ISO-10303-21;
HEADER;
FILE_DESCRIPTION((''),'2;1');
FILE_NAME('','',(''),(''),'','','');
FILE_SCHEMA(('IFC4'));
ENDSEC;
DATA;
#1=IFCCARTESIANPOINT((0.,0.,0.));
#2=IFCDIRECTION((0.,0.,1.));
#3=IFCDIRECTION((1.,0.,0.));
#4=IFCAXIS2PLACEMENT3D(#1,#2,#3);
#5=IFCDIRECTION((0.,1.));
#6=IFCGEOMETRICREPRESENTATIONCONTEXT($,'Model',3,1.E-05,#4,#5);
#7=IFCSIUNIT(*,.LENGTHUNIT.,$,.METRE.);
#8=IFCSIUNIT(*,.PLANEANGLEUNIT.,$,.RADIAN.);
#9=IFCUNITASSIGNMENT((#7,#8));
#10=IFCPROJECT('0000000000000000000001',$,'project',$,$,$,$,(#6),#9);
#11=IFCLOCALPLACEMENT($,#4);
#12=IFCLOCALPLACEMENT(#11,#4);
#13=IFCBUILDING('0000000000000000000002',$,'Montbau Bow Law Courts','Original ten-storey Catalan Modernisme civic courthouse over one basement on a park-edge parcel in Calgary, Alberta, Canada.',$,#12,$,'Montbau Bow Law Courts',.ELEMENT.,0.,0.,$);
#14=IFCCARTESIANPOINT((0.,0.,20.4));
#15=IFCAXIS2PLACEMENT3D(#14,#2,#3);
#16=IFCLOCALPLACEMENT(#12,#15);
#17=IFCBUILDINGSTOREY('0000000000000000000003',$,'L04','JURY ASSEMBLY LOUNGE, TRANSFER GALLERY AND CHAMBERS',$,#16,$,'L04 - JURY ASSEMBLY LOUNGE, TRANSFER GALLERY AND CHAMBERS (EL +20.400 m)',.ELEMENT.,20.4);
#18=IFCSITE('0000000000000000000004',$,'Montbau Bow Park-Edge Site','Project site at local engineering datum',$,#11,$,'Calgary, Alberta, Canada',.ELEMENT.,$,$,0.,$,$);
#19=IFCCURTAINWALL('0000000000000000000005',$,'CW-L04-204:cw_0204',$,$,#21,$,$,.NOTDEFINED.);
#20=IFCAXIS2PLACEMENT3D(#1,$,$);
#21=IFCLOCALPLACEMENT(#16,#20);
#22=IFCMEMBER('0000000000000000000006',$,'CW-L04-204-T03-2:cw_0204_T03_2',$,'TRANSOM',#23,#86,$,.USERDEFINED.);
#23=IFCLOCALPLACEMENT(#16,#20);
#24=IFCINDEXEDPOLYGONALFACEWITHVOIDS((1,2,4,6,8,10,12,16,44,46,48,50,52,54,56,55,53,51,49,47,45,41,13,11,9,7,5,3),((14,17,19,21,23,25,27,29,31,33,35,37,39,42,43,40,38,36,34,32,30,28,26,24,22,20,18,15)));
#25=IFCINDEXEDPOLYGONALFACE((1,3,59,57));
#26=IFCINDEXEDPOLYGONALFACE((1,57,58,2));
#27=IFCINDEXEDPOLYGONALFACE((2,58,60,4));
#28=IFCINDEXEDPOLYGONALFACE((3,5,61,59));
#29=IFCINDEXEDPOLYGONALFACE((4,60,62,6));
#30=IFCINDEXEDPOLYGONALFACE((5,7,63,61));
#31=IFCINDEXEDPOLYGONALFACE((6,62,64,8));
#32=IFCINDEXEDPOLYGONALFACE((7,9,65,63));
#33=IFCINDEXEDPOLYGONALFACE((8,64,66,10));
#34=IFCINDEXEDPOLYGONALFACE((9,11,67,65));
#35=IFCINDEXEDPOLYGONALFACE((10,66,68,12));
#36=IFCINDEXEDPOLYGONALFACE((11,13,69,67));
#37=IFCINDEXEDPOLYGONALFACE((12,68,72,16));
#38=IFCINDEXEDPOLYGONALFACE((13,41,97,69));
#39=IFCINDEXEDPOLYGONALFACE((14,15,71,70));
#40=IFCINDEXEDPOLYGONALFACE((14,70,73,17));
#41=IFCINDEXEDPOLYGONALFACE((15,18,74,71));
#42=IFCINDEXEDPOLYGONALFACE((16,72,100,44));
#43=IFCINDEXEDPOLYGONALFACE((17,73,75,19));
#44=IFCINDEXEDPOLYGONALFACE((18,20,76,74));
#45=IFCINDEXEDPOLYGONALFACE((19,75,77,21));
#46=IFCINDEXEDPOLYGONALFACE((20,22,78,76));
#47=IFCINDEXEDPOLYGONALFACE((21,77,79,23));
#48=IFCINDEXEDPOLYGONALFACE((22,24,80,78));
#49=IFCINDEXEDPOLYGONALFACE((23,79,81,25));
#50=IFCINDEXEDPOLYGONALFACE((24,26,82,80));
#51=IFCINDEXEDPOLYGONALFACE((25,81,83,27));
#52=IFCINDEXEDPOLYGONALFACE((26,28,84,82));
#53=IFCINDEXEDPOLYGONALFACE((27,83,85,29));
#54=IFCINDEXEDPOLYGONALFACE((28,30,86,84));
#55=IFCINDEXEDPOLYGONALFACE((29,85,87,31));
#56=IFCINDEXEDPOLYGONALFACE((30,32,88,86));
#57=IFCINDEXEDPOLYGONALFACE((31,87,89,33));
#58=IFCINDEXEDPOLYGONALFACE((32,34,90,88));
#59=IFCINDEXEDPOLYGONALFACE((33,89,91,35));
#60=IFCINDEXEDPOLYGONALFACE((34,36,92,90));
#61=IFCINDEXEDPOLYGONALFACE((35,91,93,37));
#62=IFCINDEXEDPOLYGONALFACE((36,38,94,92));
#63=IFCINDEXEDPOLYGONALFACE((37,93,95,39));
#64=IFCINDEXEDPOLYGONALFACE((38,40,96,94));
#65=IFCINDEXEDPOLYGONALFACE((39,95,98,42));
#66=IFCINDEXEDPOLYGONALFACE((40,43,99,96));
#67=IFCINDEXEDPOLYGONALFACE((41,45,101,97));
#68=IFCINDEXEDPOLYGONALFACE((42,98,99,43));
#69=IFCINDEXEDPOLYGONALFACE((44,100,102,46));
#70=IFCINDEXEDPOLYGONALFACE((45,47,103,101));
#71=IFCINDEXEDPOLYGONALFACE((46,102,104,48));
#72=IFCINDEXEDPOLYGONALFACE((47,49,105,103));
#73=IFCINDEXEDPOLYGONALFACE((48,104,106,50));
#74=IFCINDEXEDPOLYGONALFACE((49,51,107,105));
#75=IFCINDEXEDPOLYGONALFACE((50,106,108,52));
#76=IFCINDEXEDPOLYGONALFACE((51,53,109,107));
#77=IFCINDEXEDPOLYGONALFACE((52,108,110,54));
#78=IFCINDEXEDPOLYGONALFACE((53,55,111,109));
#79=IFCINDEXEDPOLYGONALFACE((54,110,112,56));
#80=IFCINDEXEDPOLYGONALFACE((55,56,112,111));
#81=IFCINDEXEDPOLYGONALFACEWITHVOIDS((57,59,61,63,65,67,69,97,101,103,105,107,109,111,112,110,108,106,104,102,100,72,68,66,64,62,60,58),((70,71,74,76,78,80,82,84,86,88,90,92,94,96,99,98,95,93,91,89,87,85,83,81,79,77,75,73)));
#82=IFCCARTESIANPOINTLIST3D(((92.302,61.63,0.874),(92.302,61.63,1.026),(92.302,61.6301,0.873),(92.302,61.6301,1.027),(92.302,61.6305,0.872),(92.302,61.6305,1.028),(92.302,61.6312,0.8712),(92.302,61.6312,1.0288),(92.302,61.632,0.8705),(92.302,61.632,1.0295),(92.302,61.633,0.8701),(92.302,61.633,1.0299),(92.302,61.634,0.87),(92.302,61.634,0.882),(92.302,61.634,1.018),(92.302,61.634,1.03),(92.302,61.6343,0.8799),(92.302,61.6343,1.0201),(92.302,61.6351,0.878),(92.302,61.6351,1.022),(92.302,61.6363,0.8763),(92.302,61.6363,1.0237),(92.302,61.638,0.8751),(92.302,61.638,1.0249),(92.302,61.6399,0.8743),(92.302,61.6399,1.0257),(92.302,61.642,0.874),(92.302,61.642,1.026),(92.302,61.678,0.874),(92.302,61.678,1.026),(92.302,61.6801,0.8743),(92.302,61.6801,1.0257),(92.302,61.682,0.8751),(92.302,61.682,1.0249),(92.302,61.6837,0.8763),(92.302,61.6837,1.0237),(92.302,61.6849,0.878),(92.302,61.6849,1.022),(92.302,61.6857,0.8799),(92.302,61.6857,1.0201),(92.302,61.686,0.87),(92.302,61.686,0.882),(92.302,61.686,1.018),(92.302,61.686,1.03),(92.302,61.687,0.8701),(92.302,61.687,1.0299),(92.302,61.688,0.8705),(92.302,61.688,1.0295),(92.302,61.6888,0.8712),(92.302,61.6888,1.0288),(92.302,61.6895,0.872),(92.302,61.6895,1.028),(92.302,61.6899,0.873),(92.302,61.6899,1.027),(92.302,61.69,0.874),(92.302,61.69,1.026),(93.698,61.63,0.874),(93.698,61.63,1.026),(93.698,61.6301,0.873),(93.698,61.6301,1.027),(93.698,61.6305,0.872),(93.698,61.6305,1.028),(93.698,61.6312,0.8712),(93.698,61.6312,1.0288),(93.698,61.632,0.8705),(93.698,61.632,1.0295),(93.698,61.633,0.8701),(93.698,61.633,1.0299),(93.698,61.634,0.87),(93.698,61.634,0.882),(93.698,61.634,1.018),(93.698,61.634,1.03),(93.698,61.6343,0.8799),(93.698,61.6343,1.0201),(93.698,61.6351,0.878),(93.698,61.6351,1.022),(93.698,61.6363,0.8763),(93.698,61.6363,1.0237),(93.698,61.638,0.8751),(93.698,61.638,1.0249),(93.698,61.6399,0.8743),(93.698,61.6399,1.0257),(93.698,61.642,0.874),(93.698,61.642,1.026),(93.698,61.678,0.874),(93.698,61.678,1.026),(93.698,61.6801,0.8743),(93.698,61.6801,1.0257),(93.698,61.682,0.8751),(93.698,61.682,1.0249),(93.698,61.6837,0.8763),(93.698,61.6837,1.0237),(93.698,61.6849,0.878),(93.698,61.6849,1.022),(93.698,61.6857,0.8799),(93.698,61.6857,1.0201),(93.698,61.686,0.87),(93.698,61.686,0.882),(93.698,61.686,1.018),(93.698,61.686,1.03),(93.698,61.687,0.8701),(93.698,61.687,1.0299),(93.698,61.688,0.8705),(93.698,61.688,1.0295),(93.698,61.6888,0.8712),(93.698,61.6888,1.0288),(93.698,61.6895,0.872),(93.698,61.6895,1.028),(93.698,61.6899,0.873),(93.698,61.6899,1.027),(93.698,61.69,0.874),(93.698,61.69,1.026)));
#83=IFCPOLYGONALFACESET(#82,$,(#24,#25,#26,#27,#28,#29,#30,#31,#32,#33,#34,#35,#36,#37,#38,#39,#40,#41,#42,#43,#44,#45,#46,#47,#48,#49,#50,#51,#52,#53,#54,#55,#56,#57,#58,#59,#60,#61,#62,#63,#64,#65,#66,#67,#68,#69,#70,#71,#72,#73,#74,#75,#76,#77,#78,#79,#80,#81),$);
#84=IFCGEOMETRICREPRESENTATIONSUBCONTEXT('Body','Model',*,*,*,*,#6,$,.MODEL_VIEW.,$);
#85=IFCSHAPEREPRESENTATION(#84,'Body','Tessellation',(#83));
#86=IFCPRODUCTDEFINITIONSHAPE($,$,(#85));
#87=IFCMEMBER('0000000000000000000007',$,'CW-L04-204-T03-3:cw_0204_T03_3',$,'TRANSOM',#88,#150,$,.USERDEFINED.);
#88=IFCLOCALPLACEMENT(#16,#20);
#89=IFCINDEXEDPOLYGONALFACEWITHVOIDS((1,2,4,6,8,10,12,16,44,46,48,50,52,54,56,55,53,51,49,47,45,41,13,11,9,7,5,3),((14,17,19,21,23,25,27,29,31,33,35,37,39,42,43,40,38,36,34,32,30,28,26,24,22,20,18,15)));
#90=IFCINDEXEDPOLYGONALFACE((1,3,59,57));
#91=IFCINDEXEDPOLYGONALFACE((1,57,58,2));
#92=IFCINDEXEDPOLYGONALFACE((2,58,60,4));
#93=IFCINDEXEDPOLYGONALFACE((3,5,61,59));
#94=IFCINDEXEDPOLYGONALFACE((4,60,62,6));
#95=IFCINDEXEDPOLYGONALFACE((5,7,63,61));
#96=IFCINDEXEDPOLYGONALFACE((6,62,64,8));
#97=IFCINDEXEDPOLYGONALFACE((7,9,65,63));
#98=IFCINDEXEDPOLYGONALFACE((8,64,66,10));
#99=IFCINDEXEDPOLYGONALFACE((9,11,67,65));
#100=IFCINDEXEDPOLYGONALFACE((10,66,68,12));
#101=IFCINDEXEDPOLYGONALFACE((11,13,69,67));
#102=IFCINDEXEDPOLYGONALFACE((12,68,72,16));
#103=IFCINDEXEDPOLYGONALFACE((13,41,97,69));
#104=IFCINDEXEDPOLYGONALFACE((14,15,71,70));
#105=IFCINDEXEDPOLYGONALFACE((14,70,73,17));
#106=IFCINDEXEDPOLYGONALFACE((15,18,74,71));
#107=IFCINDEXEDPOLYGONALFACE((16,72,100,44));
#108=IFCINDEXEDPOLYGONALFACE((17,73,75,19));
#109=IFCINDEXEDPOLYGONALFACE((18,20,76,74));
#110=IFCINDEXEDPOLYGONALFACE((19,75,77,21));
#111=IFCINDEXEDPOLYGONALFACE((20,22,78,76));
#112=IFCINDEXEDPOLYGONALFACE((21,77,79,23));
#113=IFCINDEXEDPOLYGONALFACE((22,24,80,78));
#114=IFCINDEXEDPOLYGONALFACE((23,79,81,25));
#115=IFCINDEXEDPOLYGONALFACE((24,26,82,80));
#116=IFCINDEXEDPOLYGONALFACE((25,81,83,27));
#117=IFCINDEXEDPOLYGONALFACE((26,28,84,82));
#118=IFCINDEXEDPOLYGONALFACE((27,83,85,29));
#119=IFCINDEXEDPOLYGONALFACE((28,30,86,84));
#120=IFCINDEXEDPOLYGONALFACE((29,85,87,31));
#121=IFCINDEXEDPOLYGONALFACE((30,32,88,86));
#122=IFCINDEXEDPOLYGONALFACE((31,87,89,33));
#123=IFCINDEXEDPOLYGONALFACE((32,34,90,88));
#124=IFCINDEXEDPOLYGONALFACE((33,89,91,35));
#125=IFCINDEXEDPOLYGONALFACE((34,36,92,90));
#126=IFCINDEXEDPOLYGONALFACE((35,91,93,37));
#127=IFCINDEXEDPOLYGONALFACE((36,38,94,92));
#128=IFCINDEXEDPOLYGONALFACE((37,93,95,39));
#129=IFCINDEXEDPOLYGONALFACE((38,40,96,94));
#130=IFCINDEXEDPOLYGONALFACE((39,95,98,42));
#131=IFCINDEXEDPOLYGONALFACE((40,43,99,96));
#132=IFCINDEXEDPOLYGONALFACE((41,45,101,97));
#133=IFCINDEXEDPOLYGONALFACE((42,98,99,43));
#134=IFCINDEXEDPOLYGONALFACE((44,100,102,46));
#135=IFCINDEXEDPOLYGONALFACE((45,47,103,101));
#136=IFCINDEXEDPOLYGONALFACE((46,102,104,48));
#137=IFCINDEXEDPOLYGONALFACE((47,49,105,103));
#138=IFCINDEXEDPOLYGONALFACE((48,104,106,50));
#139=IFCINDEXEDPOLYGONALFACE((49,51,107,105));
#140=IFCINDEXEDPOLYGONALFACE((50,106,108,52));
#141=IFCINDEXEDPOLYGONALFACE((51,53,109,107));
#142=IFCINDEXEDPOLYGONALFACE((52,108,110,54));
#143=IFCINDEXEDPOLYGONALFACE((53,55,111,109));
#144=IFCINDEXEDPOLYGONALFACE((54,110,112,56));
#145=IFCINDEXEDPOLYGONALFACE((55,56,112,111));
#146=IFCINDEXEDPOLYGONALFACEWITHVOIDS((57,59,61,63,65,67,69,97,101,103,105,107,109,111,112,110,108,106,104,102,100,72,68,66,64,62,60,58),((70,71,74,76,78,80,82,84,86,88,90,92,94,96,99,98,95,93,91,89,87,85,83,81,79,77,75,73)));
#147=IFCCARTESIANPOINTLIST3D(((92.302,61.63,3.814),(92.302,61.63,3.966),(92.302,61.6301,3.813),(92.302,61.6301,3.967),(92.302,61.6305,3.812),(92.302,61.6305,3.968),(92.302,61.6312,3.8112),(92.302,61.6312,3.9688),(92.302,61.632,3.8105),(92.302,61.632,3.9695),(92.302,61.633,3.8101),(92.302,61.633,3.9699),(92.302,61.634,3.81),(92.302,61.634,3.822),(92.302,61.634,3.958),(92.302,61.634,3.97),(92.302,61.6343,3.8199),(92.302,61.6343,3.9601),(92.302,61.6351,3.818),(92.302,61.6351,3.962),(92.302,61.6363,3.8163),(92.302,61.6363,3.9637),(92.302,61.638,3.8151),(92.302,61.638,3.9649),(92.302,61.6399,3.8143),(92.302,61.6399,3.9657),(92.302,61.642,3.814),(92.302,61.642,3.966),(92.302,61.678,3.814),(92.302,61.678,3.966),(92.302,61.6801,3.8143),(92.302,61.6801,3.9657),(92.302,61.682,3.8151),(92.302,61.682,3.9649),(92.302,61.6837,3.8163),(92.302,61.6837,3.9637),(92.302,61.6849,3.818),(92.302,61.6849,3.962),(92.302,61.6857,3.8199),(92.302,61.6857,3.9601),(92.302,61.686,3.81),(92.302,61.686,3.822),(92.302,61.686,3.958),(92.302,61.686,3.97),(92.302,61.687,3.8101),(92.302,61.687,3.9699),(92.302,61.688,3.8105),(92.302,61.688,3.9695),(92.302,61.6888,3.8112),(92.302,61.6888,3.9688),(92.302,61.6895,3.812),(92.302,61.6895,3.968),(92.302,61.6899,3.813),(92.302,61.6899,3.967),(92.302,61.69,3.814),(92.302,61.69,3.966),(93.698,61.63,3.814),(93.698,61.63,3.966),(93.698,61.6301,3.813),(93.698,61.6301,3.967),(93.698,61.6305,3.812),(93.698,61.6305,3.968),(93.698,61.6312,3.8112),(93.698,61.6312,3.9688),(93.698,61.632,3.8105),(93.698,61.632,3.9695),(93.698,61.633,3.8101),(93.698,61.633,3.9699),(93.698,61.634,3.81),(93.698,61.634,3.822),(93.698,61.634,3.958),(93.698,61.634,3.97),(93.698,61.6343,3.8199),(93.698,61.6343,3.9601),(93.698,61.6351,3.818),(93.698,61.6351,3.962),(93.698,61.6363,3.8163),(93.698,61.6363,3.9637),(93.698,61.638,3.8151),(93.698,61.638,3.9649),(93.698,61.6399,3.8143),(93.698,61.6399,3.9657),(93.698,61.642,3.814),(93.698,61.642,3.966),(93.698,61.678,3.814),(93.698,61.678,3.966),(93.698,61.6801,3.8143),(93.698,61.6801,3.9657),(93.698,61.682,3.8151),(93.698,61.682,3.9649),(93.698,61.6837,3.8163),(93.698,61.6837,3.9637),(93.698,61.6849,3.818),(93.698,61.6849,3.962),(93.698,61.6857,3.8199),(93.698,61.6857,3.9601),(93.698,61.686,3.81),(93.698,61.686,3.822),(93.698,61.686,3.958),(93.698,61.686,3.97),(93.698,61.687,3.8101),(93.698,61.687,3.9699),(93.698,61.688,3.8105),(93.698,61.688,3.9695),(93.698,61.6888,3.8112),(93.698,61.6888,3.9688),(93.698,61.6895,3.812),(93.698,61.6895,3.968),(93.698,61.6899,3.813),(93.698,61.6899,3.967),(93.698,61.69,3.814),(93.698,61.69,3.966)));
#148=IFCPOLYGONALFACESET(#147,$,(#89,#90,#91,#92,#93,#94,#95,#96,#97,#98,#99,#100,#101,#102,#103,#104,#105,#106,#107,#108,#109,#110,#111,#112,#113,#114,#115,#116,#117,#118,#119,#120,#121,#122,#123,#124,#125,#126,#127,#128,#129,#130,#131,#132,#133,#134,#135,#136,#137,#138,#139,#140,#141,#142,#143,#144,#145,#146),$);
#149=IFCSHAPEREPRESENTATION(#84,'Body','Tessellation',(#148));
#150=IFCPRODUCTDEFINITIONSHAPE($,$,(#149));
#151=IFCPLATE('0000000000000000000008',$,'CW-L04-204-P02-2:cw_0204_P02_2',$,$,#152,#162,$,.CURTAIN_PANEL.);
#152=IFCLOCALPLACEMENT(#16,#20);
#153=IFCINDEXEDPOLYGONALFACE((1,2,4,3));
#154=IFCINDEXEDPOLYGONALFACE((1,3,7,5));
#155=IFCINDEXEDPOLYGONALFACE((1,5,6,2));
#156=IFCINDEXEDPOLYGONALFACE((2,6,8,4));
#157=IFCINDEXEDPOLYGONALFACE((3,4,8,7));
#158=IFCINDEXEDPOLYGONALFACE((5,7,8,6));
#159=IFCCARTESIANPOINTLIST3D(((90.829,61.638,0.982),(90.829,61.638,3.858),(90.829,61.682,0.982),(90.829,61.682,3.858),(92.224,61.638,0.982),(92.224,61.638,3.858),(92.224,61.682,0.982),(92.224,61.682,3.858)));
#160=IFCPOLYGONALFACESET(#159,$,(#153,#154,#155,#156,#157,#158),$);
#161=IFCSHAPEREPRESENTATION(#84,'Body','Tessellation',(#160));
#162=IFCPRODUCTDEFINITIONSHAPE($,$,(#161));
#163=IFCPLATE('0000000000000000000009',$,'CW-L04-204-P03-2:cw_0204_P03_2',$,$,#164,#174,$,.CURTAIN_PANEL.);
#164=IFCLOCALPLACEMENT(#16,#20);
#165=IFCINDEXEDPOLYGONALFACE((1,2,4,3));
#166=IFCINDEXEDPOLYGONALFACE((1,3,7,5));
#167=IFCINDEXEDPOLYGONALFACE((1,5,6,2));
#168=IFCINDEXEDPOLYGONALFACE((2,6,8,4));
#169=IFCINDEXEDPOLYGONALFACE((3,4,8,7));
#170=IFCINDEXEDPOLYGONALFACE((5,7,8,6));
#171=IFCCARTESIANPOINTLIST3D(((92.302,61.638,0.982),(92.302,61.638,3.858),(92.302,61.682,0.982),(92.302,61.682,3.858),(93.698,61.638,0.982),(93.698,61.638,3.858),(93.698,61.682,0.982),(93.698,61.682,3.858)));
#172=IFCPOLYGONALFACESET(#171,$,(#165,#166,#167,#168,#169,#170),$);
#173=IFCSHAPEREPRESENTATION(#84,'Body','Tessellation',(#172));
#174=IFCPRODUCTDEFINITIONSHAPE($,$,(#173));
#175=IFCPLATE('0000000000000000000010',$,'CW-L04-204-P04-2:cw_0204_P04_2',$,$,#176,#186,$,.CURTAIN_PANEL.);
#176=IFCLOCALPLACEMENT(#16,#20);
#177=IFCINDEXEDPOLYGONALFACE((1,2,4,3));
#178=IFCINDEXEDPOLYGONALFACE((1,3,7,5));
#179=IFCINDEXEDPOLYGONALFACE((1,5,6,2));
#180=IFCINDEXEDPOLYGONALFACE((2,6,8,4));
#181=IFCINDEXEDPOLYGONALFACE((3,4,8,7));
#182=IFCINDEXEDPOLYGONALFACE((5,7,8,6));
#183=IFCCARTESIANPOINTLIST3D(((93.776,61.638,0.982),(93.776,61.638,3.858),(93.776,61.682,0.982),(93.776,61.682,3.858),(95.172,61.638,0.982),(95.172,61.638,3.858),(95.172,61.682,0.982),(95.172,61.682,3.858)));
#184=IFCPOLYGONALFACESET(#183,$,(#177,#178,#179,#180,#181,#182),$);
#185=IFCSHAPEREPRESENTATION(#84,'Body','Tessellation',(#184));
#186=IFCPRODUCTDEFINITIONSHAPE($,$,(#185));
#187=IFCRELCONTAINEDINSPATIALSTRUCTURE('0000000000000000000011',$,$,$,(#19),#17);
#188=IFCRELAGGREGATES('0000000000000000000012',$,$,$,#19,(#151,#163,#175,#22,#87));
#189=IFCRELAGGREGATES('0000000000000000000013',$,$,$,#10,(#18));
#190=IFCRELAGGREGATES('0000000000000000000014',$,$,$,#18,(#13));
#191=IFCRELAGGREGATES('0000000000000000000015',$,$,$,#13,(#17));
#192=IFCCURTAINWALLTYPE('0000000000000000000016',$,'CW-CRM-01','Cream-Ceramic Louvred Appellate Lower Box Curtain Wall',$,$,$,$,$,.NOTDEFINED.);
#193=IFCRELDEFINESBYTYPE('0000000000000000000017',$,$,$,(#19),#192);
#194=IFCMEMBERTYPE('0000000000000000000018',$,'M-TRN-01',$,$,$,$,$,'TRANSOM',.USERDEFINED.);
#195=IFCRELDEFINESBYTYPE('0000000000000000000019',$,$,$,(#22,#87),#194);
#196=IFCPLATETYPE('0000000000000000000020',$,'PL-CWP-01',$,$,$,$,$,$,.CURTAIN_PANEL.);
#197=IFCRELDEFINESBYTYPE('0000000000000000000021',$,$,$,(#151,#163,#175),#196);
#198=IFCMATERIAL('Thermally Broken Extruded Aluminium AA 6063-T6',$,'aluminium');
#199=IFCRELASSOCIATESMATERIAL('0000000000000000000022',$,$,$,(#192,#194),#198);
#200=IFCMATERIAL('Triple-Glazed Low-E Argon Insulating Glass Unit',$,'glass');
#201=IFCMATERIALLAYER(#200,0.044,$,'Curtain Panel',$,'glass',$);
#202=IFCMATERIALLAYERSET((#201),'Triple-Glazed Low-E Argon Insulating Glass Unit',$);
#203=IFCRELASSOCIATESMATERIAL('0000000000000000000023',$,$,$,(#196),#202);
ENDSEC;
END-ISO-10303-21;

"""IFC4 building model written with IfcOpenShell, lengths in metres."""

from ifc_helpers import new_model, si_unit, direction, frame, frame_2d, origin_with_axes, origin_2d_with_axis, place, context, subcontext, project, spatial, rectangle, hollow_rectangle, extrude, material, layer, layer_set, material_profile, profile_set, type_object, element, aggregate, save


model = new_model("IFC4")

# Units and contexts
model_context = context("Model", 3, precision=1e-05, world=origin_with_axes(), true_north=direction((0.0, 1.0)))
body_context = subcontext(model_context, "Body", "Model", "MODEL_VIEW")
ifc_project = project(units=[si_unit("LENGTHUNIT", "METRE"), si_unit("PLANEANGLEUNIT", "RADIAN")], contexts=[model_context])

# Site, building, storey
site_placement = place(None, origin_with_axes())
site = spatial("IfcSite", under=ifc_project, at=site_placement, Name="Montbau Bow Park-Edge Site", Description="Project site at local engineering datum", LongName="Calgary, Alberta, Canada", CompositionType="ELEMENT", RefElevation=0.0)
building_placement = place(site_placement, origin_with_axes())
building = spatial("IfcBuilding", under=site, at=building_placement, Name="Montbau Bow Law Courts", Description="Original ten-storey Catalan Modernisme civic courthouse over one basement on a park-edge parcel in Calgary, Alberta, Canada.", LongName="Montbau Bow Law Courts", CompositionType="ELEMENT", ElevationOfRefHeight=0.0, ElevationOfTerrain=0.0)
storey_placement = place(building_placement, frame((0.0, 0.0, 20.4), z_axis=(0.0, 0.0, 1.0), x_axis=(1.0, 0.0, 0.0)))
storey = spatial("IfcBuildingStorey", under=building, at=storey_placement, Name="L04", Description="JURY ASSEMBLY LOUNGE, TRANSFER GALLERY AND CHAMBERS", LongName="L04 - JURY ASSEMBLY LOUNGE, TRANSFER GALLERY AND CHAMBERS (EL +20.400 m)", CompositionType="ELEMENT", Elevation=20.4)

# Curtain wall, members, plates
ifc_material_1 = material(Name="Thermally Broken Extruded Aluminium AA 6063-T6", Category="aluminium")
curtain_wall_type = type_object("IfcCurtainWallType", Name="CW-CRM-01", Description="Cream-Ceramic Louvred Appellate Lower Box Curtain Wall", PredefinedType="NOTDEFINED", material=ifc_material_1)
curtain_wall_placement = place(None, frame((89.315, 61.66, 20.4), z_axis=(0.0, 0.0, 1.0), x_axis=(1.0, 0.0, 0.0)))
curtain_wall = element("IfcCurtainWall", 1, at=curtain_wall_placement, inside=storey, type_object=curtain_wall_type, Name="CW-L04-204:cw_0204", PredefinedType="NOTDEFINED")
ifc_material_profile_1 = material_profile(ifc_material_1, hollow_rectangle(XDim=0.06, YDim=0.16, WallThickness=0.004, InnerFilletRadius=0.008, OuterFilletRadius=0.004, at=origin_2d_with_axis()), Name="CWT-160X60", Category="Main", Priority=0)
ifc_profile_set_1 = profile_set([ifc_material_profile_1], Name="Thermally Broken Extruded Aluminium AA 6063-T6")
member_type_1 = type_object("IfcMemberType", Name="M-TRN-01", ElementType="TRANSOM", PredefinedType="USERDEFINED", material=ifc_profile_set_1)
member_1_placement = place(None, frame((92.302, 61.66, 21.35), z_axis=(1.0, 0.0, 0.0), x_axis=(0.0, 1.0, 0.0)))
member_1 = element("IfcMember", 2, at=member_1_placement, type_object=member_type_1, Name="CW-L04-204-T03-2:cw_0204_T03_2", ObjectType="TRANSOM", PredefinedType="USERDEFINED", context=body_context, shape_type="SweptSolid", body=[
    extrude(hollow_rectangle(XDim=0.06, YDim=0.16, WallThickness=0.004, InnerFilletRadius=0.008, OuterFilletRadius=0.004, at=origin_2d_with_axis()), origin_with_axes(), (0.0, 0.0, 1.0), 1.396),
])
member_2_placement = place(None, frame((92.302, 61.66, 24.29), z_axis=(1.0, 0.0, 0.0), x_axis=(0.0, 1.0, 0.0)))
member_2 = element("IfcMember", 3, at=member_2_placement, type_object=member_type_1, Name="CW-L04-204-T03-3:cw_0204_T03_3", ObjectType="TRANSOM", PredefinedType="USERDEFINED", context=body_context, shape_type="SweptSolid", body=[
    extrude(hollow_rectangle(XDim=0.06, YDim=0.16, WallThickness=0.004, InnerFilletRadius=0.008, OuterFilletRadius=0.004, at=origin_2d_with_axis()), origin_with_axes(), (0.0, 0.0, 1.0), 1.396),
])
ifc_material_2 = material(Name="Triple-Glazed Low-E Argon Insulating Glass Unit", Category="glass")
ifc_layer_1 = layer(ifc_material_2, 0.044, Name="Curtain Panel", Category="glass")
ifc_layer_set_1 = layer_set([ifc_layer_1], Name="Triple-Glazed Low-E Argon Insulating Glass Unit")
plate_type_1 = type_object("IfcPlateType", Name="PL-CWP-01", PredefinedType="CURTAIN_PANEL", material=ifc_layer_set_1)
plate_1_placement = place(None, frame((90.829, 61.66, 21.382), z_axis=(0.0, -1.0, 0.0), x_axis=(1.0, 0.0, 0.0)))
plate_1 = element("IfcPlate", 4, at=plate_1_placement, type_object=plate_type_1, Name="CW-L04-204-P02-2:cw_0204_P02_2", PredefinedType="CURTAIN_PANEL", context=body_context, shape_type="SweptSolid", body=[
    extrude(rectangle(XDim=1.395, YDim=2.876, at=frame_2d((0.6975, 1.438), x_axis=(1.0, 0.0))), frame((0.0, 0.0, -0.022), z_axis=(0.0, 0.0, 1.0), x_axis=(1.0, 0.0, 0.0)), (0.0, 0.0, 1.0), 0.044),
])
plate_2_placement = place(None, frame((92.302, 61.66, 21.382), z_axis=(0.0, -1.0, 0.0), x_axis=(1.0, 0.0, 0.0)))
plate_2 = element("IfcPlate", 5, at=plate_2_placement, type_object=plate_type_1, Name="CW-L04-204-P03-2:cw_0204_P03_2", PredefinedType="CURTAIN_PANEL", context=body_context, shape_type="SweptSolid", body=[
    extrude(rectangle(XDim=1.396, YDim=2.876, at=frame_2d((0.698, 1.438), x_axis=(1.0, 0.0))), frame((0.0, 0.0, -0.022), z_axis=(0.0, 0.0, 1.0), x_axis=(1.0, 0.0, 0.0)), (0.0, 0.0, 1.0), 0.044),
])
plate_3_placement = place(None, frame((93.776, 61.66, 21.382), z_axis=(0.0, -1.0, 0.0), x_axis=(1.0, 0.0, 0.0)))
plate_3 = element("IfcPlate", 6, at=plate_3_placement, type_object=plate_type_1, Name="CW-L04-204-P04-2:cw_0204_P04_2", PredefinedType="CURTAIN_PANEL", context=body_context, shape_type="SweptSolid", body=[
    extrude(rectangle(XDim=1.396, YDim=2.876, at=frame_2d((0.698, 1.438), x_axis=(1.0, 0.0))), frame((0.0, 0.0, -0.022), z_axis=(0.0, 0.0, 1.0), x_axis=(1.0, 0.0, 0.0)), (0.0, 0.0, 1.0), 0.044),
])
aggregate(curtain_wall, [plate_1, plate_2, plate_3, member_1, member_2])

save(model, "model.ifc")
